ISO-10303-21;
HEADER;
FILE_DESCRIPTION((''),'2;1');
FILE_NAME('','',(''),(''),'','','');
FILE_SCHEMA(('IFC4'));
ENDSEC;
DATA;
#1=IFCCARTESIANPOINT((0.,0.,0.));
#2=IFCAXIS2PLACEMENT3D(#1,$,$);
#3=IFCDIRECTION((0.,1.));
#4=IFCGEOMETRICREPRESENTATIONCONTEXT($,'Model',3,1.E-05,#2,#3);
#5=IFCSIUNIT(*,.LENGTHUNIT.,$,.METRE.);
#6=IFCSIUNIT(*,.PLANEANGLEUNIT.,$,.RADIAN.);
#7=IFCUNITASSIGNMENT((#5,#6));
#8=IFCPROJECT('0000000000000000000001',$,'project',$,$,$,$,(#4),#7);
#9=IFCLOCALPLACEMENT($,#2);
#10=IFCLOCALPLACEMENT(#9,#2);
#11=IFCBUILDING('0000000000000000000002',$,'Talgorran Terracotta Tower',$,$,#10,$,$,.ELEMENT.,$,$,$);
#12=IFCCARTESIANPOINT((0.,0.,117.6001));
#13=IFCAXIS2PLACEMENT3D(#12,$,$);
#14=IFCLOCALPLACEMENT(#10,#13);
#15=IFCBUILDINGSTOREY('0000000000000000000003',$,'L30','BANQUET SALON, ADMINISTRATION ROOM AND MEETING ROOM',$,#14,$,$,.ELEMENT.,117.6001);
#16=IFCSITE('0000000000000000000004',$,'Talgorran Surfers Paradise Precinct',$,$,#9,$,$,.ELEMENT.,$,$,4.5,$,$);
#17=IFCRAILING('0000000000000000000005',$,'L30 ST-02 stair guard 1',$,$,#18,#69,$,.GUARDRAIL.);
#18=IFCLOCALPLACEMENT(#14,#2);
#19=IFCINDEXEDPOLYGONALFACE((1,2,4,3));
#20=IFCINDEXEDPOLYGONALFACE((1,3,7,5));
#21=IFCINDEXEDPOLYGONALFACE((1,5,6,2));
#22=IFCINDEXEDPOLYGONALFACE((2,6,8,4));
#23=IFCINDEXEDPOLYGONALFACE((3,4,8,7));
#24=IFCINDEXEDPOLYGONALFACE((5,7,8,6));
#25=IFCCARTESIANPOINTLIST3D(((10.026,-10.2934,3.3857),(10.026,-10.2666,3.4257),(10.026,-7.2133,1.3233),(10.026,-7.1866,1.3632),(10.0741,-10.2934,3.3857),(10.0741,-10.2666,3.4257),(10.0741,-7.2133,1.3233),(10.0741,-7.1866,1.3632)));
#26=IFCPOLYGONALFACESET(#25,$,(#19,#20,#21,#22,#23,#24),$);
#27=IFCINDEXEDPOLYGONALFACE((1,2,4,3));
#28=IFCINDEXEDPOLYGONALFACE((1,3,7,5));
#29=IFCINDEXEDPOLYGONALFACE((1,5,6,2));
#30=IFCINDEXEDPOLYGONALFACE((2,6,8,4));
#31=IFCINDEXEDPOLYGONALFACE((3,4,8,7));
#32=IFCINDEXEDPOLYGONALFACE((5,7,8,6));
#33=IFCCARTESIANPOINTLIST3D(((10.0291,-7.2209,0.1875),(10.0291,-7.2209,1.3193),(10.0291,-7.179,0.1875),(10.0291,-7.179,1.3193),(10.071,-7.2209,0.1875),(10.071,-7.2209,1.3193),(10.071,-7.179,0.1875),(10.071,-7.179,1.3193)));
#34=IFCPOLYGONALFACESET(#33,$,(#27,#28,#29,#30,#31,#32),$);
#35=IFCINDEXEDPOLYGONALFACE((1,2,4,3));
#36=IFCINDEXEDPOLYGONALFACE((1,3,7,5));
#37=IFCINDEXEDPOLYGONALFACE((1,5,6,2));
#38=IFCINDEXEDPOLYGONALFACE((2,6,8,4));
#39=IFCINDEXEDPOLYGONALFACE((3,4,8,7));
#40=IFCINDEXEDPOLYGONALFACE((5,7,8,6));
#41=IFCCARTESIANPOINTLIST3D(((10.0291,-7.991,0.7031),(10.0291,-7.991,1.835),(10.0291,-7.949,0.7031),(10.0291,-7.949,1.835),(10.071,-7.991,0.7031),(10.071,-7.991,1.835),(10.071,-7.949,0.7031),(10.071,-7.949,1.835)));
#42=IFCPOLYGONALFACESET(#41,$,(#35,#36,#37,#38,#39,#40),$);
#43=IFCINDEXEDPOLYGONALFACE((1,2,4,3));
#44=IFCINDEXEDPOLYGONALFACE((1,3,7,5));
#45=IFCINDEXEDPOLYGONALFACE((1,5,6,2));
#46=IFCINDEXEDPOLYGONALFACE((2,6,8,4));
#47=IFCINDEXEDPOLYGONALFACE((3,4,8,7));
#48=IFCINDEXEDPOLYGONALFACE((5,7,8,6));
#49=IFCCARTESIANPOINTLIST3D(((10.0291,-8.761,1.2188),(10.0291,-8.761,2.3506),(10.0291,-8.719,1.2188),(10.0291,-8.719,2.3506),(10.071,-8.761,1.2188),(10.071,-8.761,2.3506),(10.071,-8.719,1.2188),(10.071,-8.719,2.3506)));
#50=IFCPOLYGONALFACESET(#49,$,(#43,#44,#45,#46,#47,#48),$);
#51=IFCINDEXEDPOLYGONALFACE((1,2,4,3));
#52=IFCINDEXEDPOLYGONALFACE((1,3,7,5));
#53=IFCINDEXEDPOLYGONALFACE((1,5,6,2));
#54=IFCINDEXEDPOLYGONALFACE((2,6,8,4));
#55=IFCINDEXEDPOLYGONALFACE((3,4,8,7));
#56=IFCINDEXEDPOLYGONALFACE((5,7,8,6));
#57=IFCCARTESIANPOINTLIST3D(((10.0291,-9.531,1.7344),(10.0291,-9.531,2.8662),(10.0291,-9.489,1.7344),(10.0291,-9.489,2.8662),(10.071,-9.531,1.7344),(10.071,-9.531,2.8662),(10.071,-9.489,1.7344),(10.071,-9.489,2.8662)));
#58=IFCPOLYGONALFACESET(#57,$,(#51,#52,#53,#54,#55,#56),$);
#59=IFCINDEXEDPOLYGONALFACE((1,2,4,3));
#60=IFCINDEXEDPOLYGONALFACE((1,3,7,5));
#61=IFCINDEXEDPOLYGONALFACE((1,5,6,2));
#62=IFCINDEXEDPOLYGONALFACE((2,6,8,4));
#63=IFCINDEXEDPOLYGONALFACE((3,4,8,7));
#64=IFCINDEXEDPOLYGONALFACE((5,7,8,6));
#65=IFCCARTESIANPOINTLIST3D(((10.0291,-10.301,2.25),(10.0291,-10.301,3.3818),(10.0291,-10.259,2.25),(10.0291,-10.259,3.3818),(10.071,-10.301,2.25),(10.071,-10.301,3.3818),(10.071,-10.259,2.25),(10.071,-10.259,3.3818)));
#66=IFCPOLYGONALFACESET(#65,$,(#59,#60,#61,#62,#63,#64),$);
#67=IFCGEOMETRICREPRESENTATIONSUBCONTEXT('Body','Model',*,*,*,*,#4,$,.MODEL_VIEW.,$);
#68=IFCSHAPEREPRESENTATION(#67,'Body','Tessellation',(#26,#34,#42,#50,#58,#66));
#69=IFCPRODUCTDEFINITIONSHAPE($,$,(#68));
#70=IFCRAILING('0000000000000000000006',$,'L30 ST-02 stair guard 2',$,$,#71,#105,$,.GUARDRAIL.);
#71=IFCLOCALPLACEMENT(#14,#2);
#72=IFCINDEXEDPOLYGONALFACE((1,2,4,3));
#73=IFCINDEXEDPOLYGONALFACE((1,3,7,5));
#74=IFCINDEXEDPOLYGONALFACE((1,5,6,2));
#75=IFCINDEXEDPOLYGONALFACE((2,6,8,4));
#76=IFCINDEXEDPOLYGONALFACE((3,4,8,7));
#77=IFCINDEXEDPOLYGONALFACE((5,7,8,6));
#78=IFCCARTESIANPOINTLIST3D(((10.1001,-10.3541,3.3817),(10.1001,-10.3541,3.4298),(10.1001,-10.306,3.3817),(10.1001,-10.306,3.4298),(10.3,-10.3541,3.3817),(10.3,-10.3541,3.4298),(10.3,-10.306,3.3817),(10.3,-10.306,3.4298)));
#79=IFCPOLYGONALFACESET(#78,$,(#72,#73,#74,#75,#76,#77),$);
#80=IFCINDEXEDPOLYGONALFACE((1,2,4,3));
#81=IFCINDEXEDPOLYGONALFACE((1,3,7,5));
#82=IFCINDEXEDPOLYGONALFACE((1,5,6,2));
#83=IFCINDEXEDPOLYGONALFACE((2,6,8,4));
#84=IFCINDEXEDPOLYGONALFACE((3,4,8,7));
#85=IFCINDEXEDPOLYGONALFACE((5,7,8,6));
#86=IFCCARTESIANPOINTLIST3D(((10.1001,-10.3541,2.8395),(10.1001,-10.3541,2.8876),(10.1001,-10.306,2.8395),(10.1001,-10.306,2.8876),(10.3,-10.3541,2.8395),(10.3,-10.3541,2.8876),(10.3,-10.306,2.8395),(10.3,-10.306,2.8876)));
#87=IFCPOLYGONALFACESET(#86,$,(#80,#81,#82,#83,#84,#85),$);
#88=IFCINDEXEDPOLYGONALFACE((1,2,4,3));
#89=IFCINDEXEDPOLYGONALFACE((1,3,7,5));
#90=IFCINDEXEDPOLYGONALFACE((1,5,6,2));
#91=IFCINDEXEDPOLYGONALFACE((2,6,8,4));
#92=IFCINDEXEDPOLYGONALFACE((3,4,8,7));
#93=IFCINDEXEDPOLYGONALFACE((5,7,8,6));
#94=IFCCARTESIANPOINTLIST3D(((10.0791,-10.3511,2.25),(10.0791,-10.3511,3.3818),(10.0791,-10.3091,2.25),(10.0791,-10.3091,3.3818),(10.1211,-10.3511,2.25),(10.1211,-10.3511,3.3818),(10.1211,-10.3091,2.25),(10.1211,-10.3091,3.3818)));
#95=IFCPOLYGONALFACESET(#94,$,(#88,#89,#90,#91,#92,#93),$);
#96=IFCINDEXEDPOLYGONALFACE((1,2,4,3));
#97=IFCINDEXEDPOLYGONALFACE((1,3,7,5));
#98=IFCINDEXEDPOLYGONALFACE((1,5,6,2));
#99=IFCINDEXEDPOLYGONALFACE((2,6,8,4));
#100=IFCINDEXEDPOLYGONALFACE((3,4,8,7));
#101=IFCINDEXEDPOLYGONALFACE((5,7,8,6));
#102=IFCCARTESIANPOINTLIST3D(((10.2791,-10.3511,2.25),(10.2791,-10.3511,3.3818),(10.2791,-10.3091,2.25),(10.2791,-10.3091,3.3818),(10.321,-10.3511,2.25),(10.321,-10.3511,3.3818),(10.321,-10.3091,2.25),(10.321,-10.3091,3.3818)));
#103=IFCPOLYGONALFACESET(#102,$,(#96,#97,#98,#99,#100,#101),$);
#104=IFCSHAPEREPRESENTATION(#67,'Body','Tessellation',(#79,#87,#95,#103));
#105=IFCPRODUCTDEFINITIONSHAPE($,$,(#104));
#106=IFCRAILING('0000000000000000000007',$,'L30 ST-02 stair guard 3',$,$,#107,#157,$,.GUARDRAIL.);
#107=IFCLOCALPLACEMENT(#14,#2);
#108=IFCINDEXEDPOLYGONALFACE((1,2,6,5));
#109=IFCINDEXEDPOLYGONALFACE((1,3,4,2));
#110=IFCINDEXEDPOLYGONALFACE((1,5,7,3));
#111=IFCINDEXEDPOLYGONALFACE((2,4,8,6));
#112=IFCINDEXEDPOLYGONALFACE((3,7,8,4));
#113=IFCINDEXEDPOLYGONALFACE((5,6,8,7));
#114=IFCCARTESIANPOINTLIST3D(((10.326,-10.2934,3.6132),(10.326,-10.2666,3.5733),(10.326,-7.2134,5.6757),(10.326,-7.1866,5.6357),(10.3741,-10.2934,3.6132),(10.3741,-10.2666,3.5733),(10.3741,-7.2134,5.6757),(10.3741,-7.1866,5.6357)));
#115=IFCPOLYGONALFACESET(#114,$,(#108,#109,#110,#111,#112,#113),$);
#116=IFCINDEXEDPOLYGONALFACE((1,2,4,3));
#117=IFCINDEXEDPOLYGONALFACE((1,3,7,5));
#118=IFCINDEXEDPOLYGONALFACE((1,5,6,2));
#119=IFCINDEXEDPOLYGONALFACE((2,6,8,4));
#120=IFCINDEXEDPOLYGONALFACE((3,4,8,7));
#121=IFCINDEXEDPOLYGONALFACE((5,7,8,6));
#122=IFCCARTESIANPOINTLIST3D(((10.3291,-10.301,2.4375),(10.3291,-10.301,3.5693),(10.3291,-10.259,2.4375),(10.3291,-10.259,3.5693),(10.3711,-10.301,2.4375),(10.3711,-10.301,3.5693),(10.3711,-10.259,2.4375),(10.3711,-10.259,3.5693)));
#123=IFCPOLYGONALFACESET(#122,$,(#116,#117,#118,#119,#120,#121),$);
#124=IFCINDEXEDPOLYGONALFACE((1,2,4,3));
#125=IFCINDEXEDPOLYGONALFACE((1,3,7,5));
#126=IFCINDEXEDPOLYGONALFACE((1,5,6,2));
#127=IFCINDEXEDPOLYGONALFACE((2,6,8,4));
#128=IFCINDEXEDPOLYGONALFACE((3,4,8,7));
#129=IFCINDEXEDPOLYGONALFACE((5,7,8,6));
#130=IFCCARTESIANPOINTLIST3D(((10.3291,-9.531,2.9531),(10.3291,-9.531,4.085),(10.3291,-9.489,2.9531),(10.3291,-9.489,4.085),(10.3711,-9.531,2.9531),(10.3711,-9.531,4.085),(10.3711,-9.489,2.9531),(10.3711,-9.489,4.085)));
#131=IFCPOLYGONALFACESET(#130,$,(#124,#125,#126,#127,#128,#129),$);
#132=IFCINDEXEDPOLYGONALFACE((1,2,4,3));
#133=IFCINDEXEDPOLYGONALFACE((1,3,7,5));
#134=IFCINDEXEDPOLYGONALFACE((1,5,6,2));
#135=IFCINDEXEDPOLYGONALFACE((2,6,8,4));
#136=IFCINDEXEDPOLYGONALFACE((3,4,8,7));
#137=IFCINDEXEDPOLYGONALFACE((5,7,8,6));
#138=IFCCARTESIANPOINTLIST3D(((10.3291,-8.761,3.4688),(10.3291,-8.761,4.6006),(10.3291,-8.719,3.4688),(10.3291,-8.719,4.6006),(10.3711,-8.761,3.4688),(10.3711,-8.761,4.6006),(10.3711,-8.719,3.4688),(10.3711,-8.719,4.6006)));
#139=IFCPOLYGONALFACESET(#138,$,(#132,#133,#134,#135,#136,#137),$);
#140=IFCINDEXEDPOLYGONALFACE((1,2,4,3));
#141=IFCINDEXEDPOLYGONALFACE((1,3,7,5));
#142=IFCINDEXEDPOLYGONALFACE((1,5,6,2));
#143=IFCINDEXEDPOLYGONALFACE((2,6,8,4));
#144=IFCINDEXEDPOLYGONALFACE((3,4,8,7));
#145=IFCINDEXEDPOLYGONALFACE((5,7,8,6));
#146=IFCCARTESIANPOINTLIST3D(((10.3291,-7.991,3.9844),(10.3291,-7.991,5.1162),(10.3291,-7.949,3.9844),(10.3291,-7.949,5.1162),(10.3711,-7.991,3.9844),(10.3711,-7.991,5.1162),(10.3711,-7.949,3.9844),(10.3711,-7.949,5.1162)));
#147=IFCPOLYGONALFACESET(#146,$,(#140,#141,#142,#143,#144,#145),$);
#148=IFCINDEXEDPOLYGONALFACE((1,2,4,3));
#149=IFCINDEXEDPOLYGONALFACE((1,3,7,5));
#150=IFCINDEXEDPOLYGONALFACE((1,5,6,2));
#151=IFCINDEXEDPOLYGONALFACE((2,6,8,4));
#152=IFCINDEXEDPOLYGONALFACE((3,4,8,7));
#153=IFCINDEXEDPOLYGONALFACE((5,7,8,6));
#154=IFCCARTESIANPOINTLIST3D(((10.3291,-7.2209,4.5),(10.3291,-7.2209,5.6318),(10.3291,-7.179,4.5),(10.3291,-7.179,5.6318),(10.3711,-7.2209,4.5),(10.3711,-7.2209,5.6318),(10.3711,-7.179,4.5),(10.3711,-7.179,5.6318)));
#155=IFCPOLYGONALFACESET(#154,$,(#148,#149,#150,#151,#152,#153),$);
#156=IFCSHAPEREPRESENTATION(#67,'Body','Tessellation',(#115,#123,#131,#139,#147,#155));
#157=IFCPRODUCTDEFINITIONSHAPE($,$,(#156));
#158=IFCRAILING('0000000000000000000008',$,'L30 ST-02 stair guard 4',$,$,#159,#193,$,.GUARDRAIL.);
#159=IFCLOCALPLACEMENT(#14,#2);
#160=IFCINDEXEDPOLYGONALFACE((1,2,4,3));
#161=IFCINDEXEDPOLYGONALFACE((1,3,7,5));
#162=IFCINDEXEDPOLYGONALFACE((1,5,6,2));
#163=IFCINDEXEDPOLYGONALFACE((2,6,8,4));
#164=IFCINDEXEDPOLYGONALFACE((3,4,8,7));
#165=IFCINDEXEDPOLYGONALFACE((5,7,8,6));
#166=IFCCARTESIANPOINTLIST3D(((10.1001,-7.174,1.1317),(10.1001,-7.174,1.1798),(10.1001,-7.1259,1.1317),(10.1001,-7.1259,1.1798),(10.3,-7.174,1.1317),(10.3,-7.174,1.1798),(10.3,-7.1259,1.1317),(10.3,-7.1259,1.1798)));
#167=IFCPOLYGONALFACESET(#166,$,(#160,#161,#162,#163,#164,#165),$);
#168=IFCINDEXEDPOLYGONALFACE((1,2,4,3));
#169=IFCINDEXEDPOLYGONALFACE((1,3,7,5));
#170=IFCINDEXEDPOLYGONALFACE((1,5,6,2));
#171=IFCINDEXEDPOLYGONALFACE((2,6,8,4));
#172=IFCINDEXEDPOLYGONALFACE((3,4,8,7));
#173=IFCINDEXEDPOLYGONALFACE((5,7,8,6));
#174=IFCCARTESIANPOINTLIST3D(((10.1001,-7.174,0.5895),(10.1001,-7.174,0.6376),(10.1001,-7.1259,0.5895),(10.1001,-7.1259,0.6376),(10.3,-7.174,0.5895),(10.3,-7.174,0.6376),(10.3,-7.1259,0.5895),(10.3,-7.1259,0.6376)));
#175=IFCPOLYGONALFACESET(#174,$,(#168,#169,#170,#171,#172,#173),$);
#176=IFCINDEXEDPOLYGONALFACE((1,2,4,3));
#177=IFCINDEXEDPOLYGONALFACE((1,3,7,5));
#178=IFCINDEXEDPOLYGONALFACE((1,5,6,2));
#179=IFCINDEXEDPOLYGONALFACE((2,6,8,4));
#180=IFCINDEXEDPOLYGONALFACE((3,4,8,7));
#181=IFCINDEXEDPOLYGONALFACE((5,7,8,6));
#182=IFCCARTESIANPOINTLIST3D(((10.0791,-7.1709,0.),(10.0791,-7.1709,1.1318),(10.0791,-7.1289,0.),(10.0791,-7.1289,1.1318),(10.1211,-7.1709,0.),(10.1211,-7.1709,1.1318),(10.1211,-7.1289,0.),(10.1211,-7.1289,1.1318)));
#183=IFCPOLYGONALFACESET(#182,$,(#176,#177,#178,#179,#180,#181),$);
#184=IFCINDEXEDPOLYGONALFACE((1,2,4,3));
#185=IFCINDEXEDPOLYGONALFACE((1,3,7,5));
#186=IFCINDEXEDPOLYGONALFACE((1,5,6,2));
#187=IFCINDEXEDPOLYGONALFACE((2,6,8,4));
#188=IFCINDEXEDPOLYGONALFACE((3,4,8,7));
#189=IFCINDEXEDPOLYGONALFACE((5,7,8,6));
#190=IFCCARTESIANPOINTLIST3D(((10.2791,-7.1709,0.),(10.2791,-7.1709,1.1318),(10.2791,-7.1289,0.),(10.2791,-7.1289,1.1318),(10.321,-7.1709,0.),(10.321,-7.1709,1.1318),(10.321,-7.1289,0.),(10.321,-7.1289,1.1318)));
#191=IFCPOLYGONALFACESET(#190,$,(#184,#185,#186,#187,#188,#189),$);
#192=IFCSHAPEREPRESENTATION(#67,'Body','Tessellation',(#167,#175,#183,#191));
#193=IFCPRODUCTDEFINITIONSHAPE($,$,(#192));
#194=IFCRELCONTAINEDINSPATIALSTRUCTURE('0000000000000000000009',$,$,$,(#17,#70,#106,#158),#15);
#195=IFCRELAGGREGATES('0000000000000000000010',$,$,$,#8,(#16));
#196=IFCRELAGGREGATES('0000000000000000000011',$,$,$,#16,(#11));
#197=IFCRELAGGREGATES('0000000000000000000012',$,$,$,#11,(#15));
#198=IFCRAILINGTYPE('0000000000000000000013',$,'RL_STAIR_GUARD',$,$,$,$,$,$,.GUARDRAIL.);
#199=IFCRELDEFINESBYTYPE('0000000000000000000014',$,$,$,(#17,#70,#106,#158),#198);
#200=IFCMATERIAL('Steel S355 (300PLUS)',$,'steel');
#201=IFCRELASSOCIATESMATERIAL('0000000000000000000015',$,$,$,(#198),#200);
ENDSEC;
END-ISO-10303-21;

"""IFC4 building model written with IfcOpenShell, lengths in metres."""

from ifc_helpers import new_model, si_unit, direction, frame, origin, origin_2d, place, context, subcontext, project, spatial, rectangle, extrude, material, type_object, element, save


model = new_model("IFC4")

# Units and contexts
model_context = context("Model", 3, precision=1e-05, world=origin(), true_north=direction((0.0, 1.0)))
body_context = subcontext(model_context, "Body", "Model", "MODEL_VIEW")
ifc_project = project(units=[si_unit("LENGTHUNIT", "METRE"), si_unit("PLANEANGLEUNIT", "RADIAN")], contexts=[model_context])

# Site, building, storey
site_placement = place(None, origin())
site = spatial("IfcSite", under=ifc_project, at=site_placement, Name="Talgorran Surfers Paradise Precinct", CompositionType="ELEMENT", RefElevation=4.5)
building_placement = place(site_placement, origin())
building = spatial("IfcBuilding", under=site, at=building_placement, Name="Talgorran Terracotta Tower", CompositionType="ELEMENT")
storey_placement = place(building_placement, frame((0.0, 0.0, 117.6001)))
storey = spatial("IfcBuildingStorey", under=building, at=storey_placement, Name="L30", Description="BANQUET SALON, ADMINISTRATION ROOM AND MEETING ROOM", CompositionType="ELEMENT", Elevation=117.6001)

# Railings
ifc_material_1 = material(Name="Steel S355 (300PLUS)", Category="steel")
railing_type_1 = type_object("IfcRailingType", Name="RL_STAIR_GUARD", PredefinedType="GUARDRAIL", material=ifc_material_1)
railing_1_placement = place(storey_placement, frame((10.05, -7.2, 0.1875)))
element("IfcRailing", 1, at=railing_1_placement, inside=storey, type_object=railing_type_1, Name="L30 ST-02 stair guard 1", PredefinedType="GUARDRAIL", context=body_context, shape_type="SweptSolid", body=[
    extrude(rectangle(XDim=0.0481, YDim=0.0481, at=origin_2d()), frame((0.0, 0.0, 1.1558), z_axis=(0.0, -0.830914, 0.556401), x_axis=(1.0, 0.0, 0.0)), (0.0, 0.0, 1.0), 3.7068),
    extrude(rectangle(XDim=0.042, YDim=0.042, at=origin_2d()), origin(), (0.0, 0.0, 1.0), 1.1318),
    extrude(rectangle(XDim=0.042, YDim=0.042, at=origin_2d()), frame((0.0, -0.77, 0.5156)), (0.0, 0.0, 1.0), 1.1318),
    extrude(rectangle(XDim=0.042, YDim=0.042, at=origin_2d()), frame((0.0, -1.54, 1.0312)), (0.0, 0.0, 1.0), 1.1318),
    extrude(rectangle(XDim=0.042, YDim=0.042, at=origin_2d()), frame((0.0, -2.3101, 1.5469)), (0.0, 0.0, 1.0), 1.1318),
    extrude(rectangle(XDim=0.042, YDim=0.042, at=origin_2d()), frame((0.0, -3.0801, 2.0625)), (0.0, 0.0, 1.0), 1.1318),
])
railing_2_placement = place(storey_placement, frame((10.1001, -10.3301, 2.25)))
element("IfcRailing", 2, at=railing_2_placement, inside=storey, type_object=railing_type_1, Name="L30 ST-02 stair guard 2", PredefinedType="GUARDRAIL", context=body_context, shape_type="SweptSolid", body=[
    extrude(rectangle(XDim=0.0481, YDim=0.0481, at=origin_2d()), frame((0.0, 0.0, 1.1558), z_axis=(1.0, 0.0, 0.0), x_axis=(0.0, 1.0, 0.0)), (0.0, 0.0, 1.0), 0.2),
    extrude(rectangle(XDim=0.0481, YDim=0.0481, at=origin_2d()), frame((0.0, 0.0, 0.6135), z_axis=(1.0, 0.0, 0.0), x_axis=(0.0, 1.0, 0.0)), (0.0, 0.0, 1.0), 0.2),
    extrude(rectangle(XDim=0.042, YDim=0.042, at=origin_2d()), origin(), (0.0, 0.0, 1.0), 1.1318),
    extrude(rectangle(XDim=0.042, YDim=0.042, at=origin_2d()), frame((0.2, 0.0, 0.0)), (0.0, 0.0, 1.0), 1.1318),
])
railing_3_placement = place(storey_placement, frame((10.3501, -10.28, 2.4375)))
element("IfcRailing", 3, at=railing_3_placement, inside=storey, type_object=railing_type_1, Name="L30 ST-02 stair guard 3", PredefinedType="GUARDRAIL", context=body_context, shape_type="SweptSolid", body=[
    extrude(rectangle(XDim=0.0481, YDim=0.0481, at=origin_2d()), frame((0.0, 0.0, 1.1558), z_axis=(0.0, 0.830914, 0.556401), x_axis=(-1.0, 0.0, 0.0)), (0.0, 0.0, 1.0), 3.7068),
    extrude(rectangle(XDim=0.042, YDim=0.042, at=origin_2d()), origin(), (0.0, 0.0, 1.0), 1.1318),
    extrude(rectangle(XDim=0.042, YDim=0.042, at=origin_2d()), frame((0.0, 0.77, 0.5156)), (0.0, 0.0, 1.0), 1.1318),
    extrude(rectangle(XDim=0.042, YDim=0.042, at=origin_2d()), frame((0.0, 1.54, 1.0312)), (0.0, 0.0, 1.0), 1.1318),
    extrude(rectangle(XDim=0.042, YDim=0.042, at=origin_2d()), frame((0.0, 2.3101, 1.5469)), (0.0, 0.0, 1.0), 1.1318),
    extrude(rectangle(XDim=0.042, YDim=0.042, at=origin_2d()), frame((0.0, 3.0801, 2.0625)), (0.0, 0.0, 1.0), 1.1318),
])
railing_4_placement = place(storey_placement, frame((10.1001, -7.1499, 0.0)))
element("IfcRailing", 4, at=railing_4_placement, inside=storey, type_object=railing_type_1, Name="L30 ST-02 stair guard 4", PredefinedType="GUARDRAIL", context=body_context, shape_type="SweptSolid", body=[
    extrude(rectangle(XDim=0.0481, YDim=0.0481, at=origin_2d()), frame((0.0, 0.0, 1.1558), z_axis=(1.0, 0.0, 0.0), x_axis=(0.0, 1.0, 0.0)), (0.0, 0.0, 1.0), 0.2),
    extrude(rectangle(XDim=0.0481, YDim=0.0481, at=origin_2d()), frame((0.0, 0.0, 0.6135), z_axis=(1.0, 0.0, 0.0), x_axis=(0.0, 1.0, 0.0)), (0.0, 0.0, 1.0), 0.2),
    extrude(rectangle(XDim=0.042, YDim=0.042, at=origin_2d()), origin(), (0.0, 0.0, 1.0), 1.1318),
    extrude(rectangle(XDim=0.042, YDim=0.042, at=origin_2d()), frame((0.2, 0.0, 0.0)), (0.0, 0.0, 1.0), 1.1318),
])

save(model, "model.ifc")
